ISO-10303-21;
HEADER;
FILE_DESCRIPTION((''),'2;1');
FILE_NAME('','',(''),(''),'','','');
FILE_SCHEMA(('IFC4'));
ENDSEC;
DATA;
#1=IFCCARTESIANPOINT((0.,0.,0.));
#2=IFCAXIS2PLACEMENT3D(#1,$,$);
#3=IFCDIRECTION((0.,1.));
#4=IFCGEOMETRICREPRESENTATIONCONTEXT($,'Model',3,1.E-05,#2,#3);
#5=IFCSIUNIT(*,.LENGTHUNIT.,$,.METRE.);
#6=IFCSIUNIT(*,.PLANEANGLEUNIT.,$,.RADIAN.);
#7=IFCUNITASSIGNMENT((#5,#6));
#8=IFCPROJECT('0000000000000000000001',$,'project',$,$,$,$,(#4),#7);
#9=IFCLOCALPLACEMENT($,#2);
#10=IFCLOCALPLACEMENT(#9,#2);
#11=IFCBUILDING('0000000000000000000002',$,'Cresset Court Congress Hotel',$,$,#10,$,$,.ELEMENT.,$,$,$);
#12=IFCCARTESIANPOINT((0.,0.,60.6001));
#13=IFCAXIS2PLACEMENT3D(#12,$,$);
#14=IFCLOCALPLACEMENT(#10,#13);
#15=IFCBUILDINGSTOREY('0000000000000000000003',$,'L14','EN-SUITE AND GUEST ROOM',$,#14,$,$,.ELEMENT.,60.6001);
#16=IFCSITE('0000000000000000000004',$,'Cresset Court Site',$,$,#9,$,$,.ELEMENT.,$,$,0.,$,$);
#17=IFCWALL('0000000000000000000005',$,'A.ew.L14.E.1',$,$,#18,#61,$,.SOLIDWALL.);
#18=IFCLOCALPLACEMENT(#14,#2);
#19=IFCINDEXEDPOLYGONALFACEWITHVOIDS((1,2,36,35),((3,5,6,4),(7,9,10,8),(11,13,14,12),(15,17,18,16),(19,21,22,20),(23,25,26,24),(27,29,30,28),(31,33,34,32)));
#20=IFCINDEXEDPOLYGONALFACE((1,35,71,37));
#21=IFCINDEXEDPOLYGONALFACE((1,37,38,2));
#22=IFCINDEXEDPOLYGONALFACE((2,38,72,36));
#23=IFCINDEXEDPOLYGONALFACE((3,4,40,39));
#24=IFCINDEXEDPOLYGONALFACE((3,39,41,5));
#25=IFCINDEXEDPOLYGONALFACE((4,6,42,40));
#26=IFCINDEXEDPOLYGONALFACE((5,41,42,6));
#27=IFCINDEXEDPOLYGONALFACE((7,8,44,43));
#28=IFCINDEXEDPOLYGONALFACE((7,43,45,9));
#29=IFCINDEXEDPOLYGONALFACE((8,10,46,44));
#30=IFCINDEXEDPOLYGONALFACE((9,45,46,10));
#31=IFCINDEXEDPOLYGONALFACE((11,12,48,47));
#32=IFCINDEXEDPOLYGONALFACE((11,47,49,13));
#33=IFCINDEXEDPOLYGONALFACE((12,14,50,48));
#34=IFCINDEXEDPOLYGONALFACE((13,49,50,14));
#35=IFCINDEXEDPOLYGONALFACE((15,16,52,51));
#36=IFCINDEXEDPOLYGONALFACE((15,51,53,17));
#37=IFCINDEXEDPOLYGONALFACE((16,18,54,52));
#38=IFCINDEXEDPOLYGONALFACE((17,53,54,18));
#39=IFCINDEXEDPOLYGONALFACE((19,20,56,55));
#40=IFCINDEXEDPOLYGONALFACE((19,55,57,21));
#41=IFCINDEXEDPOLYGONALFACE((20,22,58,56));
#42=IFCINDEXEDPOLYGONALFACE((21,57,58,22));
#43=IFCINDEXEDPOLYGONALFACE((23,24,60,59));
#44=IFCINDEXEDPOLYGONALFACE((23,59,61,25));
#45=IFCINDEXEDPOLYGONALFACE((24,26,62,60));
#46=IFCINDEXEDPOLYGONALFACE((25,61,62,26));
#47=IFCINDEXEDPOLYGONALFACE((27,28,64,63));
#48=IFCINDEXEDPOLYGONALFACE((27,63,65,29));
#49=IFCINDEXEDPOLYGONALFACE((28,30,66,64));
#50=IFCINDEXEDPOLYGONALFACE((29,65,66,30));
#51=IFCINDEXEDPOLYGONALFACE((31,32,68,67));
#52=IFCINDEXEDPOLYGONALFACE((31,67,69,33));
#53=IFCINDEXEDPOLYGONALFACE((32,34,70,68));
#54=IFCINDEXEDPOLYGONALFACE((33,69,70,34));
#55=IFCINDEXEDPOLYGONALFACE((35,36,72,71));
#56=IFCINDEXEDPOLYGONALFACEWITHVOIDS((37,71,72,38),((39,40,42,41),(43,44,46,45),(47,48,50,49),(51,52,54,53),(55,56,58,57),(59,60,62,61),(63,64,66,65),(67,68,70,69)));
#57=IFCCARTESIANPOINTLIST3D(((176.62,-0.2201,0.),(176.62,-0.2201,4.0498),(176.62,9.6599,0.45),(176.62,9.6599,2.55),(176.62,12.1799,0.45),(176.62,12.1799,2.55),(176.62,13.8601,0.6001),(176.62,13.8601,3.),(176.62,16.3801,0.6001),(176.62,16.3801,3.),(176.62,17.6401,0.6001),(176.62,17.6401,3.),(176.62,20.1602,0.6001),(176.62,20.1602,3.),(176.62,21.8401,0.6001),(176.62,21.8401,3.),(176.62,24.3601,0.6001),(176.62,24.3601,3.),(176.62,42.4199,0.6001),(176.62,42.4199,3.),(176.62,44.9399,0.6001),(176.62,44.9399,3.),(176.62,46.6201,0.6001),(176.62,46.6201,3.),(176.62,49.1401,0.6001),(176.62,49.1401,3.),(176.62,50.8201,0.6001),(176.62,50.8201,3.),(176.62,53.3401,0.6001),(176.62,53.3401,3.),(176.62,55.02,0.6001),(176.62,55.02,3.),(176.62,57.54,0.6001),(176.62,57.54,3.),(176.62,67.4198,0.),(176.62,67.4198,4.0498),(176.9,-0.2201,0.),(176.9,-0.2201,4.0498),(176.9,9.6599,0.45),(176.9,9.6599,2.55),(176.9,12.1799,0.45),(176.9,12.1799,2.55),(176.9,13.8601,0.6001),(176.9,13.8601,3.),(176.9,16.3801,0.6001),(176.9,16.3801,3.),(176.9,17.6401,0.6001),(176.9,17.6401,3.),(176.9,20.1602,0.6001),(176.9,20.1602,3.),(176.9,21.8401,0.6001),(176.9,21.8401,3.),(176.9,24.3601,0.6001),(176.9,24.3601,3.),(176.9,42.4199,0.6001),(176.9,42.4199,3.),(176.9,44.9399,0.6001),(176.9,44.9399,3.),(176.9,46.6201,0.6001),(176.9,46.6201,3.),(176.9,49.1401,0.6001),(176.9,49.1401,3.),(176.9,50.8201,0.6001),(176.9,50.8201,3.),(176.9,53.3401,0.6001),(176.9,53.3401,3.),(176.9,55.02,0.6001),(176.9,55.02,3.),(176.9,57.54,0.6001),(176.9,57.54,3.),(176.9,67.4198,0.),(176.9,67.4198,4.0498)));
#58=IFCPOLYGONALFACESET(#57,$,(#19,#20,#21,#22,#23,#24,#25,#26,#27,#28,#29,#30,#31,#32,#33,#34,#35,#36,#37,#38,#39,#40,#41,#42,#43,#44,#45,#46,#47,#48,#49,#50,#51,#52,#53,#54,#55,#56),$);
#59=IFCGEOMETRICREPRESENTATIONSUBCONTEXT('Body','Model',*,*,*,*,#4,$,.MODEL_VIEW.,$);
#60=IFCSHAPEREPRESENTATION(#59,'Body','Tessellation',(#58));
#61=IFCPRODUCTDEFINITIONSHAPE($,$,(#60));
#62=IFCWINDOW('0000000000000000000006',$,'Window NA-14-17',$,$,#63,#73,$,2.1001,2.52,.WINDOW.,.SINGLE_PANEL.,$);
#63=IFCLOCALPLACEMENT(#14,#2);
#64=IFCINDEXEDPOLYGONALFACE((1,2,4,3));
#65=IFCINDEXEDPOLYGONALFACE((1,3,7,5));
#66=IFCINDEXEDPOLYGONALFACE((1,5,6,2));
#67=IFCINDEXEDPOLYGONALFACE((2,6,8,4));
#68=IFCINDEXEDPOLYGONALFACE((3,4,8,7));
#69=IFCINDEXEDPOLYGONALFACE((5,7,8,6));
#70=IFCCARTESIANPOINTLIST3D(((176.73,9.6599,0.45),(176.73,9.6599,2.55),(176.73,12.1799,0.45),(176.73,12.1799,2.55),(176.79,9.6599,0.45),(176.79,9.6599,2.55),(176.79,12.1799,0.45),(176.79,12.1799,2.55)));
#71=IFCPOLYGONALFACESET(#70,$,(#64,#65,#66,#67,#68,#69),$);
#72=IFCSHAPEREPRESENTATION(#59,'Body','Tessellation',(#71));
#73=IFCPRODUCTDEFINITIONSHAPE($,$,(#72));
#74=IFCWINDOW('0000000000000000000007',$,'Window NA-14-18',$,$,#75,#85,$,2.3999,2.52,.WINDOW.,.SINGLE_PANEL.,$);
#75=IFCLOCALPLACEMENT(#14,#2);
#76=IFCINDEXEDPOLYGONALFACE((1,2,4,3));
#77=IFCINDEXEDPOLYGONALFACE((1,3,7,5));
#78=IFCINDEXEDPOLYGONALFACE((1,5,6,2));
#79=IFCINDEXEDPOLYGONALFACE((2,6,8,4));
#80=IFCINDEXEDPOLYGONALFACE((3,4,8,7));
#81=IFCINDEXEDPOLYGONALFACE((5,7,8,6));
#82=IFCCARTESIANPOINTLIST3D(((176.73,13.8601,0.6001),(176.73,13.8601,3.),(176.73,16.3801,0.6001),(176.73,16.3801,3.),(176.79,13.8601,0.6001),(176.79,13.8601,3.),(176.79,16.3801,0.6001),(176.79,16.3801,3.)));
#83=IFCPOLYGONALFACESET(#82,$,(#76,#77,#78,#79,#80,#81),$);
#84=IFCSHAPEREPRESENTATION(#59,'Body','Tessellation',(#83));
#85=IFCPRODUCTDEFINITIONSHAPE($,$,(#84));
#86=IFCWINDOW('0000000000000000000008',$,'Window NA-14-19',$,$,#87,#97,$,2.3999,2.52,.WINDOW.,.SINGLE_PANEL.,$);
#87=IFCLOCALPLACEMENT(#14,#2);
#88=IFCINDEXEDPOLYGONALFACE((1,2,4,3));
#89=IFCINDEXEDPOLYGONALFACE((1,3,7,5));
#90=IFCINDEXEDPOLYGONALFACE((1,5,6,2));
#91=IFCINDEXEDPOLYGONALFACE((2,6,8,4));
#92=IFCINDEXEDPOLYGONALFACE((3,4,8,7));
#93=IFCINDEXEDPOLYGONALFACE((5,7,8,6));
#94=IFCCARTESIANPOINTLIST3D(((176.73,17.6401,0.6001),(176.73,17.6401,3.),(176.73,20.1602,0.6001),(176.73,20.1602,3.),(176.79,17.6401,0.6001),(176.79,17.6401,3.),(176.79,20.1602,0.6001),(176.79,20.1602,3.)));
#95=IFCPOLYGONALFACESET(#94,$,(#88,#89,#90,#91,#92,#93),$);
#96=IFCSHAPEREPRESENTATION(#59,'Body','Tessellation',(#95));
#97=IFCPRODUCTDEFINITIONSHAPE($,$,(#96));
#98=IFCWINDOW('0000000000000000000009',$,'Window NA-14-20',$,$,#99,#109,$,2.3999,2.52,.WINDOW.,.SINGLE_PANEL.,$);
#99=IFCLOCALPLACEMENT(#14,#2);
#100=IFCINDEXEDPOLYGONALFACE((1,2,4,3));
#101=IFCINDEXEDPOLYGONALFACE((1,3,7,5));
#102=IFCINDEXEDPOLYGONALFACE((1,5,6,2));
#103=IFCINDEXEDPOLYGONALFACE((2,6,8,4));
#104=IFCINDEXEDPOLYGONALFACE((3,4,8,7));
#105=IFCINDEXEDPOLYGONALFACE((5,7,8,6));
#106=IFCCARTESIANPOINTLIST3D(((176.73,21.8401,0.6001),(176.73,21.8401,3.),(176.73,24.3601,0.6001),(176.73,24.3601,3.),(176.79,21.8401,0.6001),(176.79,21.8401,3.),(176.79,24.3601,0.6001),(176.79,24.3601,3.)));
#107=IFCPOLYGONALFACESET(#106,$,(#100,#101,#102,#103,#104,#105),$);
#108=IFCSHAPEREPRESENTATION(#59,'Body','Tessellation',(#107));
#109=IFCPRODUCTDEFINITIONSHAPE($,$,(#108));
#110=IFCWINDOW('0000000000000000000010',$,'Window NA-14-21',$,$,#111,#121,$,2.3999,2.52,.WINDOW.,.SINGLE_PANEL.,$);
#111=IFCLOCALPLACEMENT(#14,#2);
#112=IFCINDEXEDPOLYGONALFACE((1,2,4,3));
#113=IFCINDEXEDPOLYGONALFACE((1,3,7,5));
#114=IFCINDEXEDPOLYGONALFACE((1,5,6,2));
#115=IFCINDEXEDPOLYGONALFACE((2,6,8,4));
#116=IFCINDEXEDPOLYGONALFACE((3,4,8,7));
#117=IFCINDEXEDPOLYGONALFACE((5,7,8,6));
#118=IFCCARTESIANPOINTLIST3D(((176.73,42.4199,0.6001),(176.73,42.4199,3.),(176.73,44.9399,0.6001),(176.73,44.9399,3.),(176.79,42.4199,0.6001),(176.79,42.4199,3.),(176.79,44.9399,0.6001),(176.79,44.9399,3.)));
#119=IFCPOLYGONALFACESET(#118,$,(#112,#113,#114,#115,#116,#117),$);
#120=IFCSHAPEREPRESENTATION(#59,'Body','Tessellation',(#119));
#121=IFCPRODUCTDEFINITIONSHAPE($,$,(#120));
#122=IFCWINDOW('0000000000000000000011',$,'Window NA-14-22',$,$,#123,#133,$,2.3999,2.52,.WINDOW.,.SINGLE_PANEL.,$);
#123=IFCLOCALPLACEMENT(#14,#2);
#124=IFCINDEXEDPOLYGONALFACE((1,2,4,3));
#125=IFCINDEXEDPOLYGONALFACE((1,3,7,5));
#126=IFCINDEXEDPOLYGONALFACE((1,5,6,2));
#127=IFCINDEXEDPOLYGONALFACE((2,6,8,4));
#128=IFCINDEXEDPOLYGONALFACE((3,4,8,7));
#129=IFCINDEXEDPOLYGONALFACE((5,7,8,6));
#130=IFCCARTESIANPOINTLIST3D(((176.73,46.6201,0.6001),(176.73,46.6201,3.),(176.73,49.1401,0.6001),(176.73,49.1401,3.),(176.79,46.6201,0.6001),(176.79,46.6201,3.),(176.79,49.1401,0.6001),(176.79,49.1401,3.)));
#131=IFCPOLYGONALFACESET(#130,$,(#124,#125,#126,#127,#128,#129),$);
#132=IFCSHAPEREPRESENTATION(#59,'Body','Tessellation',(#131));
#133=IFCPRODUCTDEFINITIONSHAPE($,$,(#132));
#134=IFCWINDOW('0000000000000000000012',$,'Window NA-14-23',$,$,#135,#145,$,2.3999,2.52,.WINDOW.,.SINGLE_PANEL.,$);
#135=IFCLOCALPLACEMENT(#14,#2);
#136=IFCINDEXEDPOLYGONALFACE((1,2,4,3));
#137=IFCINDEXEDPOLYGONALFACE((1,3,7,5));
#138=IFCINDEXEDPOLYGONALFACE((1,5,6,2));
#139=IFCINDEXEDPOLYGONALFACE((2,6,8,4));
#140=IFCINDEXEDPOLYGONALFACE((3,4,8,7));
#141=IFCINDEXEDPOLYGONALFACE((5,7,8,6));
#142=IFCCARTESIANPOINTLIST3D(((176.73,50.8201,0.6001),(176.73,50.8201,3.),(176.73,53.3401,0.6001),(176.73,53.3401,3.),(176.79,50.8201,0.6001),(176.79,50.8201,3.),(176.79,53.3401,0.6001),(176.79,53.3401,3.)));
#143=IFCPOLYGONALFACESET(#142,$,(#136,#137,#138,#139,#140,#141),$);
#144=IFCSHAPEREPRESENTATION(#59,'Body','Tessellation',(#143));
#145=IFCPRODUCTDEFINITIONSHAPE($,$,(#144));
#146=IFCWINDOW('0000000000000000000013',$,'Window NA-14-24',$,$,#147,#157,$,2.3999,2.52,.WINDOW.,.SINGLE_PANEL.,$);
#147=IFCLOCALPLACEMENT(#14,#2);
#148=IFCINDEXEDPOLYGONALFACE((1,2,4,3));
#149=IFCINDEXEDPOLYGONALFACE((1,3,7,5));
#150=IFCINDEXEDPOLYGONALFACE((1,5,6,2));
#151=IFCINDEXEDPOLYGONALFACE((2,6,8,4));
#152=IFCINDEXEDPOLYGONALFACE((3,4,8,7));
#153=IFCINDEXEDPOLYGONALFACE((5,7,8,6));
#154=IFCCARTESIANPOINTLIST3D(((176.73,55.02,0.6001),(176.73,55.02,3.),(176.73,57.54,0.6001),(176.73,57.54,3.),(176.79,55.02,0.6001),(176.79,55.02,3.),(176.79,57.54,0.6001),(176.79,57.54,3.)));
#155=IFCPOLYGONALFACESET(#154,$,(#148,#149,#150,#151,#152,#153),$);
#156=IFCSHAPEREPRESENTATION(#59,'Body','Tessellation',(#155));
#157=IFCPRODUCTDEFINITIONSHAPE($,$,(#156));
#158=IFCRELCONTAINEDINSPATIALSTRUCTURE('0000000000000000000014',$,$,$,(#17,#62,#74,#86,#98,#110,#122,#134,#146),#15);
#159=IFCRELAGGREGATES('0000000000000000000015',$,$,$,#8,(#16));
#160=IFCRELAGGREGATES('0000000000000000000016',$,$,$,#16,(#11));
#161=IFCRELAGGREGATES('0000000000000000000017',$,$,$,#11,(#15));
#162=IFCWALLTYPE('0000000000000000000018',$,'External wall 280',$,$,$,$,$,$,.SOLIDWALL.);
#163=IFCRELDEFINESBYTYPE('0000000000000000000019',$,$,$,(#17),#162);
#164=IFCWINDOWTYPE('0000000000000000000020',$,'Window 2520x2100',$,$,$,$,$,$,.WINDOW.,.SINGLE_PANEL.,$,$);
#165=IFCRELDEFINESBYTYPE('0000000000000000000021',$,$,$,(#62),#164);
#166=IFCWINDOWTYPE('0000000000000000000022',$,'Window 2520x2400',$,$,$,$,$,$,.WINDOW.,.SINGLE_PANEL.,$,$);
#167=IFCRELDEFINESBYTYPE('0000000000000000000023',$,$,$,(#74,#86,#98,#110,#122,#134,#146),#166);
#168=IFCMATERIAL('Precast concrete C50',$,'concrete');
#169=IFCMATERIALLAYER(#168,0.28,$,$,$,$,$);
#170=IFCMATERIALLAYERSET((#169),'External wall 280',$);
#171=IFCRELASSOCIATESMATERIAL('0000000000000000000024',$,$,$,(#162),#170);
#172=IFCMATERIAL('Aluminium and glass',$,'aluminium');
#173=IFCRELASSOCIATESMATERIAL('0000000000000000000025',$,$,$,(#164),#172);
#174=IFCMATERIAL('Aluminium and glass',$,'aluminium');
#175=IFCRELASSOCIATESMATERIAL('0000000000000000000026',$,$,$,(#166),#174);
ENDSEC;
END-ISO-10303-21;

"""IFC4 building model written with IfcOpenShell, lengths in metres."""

from ifc_helpers import new_model, si_unit, direction, frame, frame_2d, origin, place, context, subcontext, project, spatial, rectangle, extrude, material, layer, layer_set, type_object, element, fill, save


model = new_model("IFC4")

# Units and contexts
model_context = context("Model", 3, precision=1e-05, world=origin(), true_north=direction((0.0, 1.0)))
body_context = subcontext(model_context, "Body", "Model", "MODEL_VIEW")
ifc_project = project(units=[si_unit("LENGTHUNIT", "METRE"), si_unit("PLANEANGLEUNIT", "RADIAN")], contexts=[model_context])

# Site, building, storey
site_placement = place(None, origin())
site = spatial("IfcSite", under=ifc_project, at=site_placement, Name="Cresset Court Site", CompositionType="ELEMENT", RefElevation=0.0)
building_placement = place(site_placement, origin())
building = spatial("IfcBuilding", under=site, at=building_placement, Name="Cresset Court Congress Hotel", CompositionType="ELEMENT")
storey_placement = place(building_placement, frame((0.0, 0.0, 60.6001)))
storey = spatial("IfcBuildingStorey", under=building, at=storey_placement, Name="L14", Description="EN-SUITE AND GUEST ROOM", CompositionType="ELEMENT", Elevation=60.6001)

# Wall, openings, windows
ifc_material_1 = material(Name="Precast concrete C50", Category="concrete")
ifc_layer_1 = layer(ifc_material_1, 0.28)
ifc_layer_set_1 = layer_set([ifc_layer_1], Name="External wall 280")
wall_type_1 = type_object("IfcWallType", Name="External wall 280", PredefinedType="SOLIDWALL", material=ifc_layer_set_1)
wall_1_placement = place(storey_placement, frame((176.76, -0.22, 0.0), z_axis=(0.0, 0.0, 1.0), x_axis=(0.0, 1.0, 0.0)))
wall_1 = element("IfcWall", 1, at=wall_1_placement, inside=storey, type_object=wall_type_1, Name="A.ew.L14.E.1", PredefinedType="SOLIDWALL", context=body_context, shape_type="SweptSolid", body=[
    extrude(rectangle(XDim=67.6399, YDim=0.28, at=frame_2d((33.8198, 0.0))), origin(), (0.0, 0.0, 1.0), 4.0498),
])
opening_1_placement = place(wall_1_placement, frame((9.8799, 0.0, 0.45)))
opening_1 = element("IfcOpeningElement", 2, at=opening_1_placement, cuts=wall_1, PredefinedType="OPENING", context=body_context, shape_type="SweptSolid", body=[
    extrude(rectangle(XDim=2.52, YDim=2.1001, at=frame_2d((1.26, 1.05))), frame((0.0, 0.1499, 0.0), z_axis=(0.0, -1.0, 0.0), x_axis=(1.0, 0.0, 0.0)), (0.0, 0.0, 1.0), 0.3),
])
opening_2_placement = place(wall_1_placement, frame((14.0801, 0.0, 0.6001)))
opening_2 = element("IfcOpeningElement", 3, at=opening_2_placement, cuts=wall_1, PredefinedType="OPENING", context=body_context, shape_type="SweptSolid", body=[
    extrude(rectangle(XDim=2.52, YDim=2.3999, at=frame_2d((1.26, 1.2))), frame((0.0, 0.1499, 0.0), z_axis=(0.0, -1.0, 0.0), x_axis=(1.0, 0.0, 0.0)), (0.0, 0.0, 1.0), 0.3),
])
opening_3_placement = place(wall_1_placement, frame((17.8601, 0.0, 0.6001)))
opening_3 = element("IfcOpeningElement", 4, at=opening_3_placement, cuts=wall_1, PredefinedType="OPENING", context=body_context, shape_type="SweptSolid", body=[
    extrude(rectangle(XDim=2.52, YDim=2.3999, at=frame_2d((1.26, 1.2))), frame((0.0, 0.1499, 0.0), z_axis=(0.0, -1.0, 0.0), x_axis=(1.0, 0.0, 0.0)), (0.0, 0.0, 1.0), 0.3),
])
opening_4_placement = place(wall_1_placement, frame((22.0601, 0.0, 0.6001)))
opening_4 = element("IfcOpeningElement", 5, at=opening_4_placement, cuts=wall_1, PredefinedType="OPENING", context=body_context, shape_type="SweptSolid", body=[
    extrude(rectangle(XDim=2.52, YDim=2.3999, at=frame_2d((1.26, 1.2))), frame((0.0, 0.1499, 0.0), z_axis=(0.0, -1.0, 0.0), x_axis=(1.0, 0.0, 0.0)), (0.0, 0.0, 1.0), 0.3),
])
opening_5_placement = place(wall_1_placement, frame((42.6399, 0.0, 0.6001)))
opening_5 = element("IfcOpeningElement", 6, at=opening_5_placement, cuts=wall_1, PredefinedType="OPENING", context=body_context, shape_type="SweptSolid", body=[
    extrude(rectangle(XDim=2.52, YDim=2.3999, at=frame_2d((1.26, 1.2))), frame((0.0, 0.1499, 0.0), z_axis=(0.0, -1.0, 0.0), x_axis=(1.0, 0.0, 0.0)), (0.0, 0.0, 1.0), 0.3),
])
opening_6_placement = place(wall_1_placement, frame((46.8401, 0.0, 0.6001)))
opening_6 = element("IfcOpeningElement", 7, at=opening_6_placement, cuts=wall_1, PredefinedType="OPENING", context=body_context, shape_type="SweptSolid", body=[
    extrude(rectangle(XDim=2.52, YDim=2.3999, at=frame_2d((1.26, 1.2))), frame((0.0, 0.1499, 0.0), z_axis=(0.0, -1.0, 0.0), x_axis=(1.0, 0.0, 0.0)), (0.0, 0.0, 1.0), 0.3),
])
opening_7_placement = place(wall_1_placement, frame((51.04, 0.0, 0.6001)))
opening_7 = element("IfcOpeningElement", 8, at=opening_7_placement, cuts=wall_1, PredefinedType="OPENING", context=body_context, shape_type="SweptSolid", body=[
    extrude(rectangle(XDim=2.52, YDim=2.3999, at=frame_2d((1.26, 1.2))), frame((0.0, 0.1499, 0.0), z_axis=(0.0, -1.0, 0.0), x_axis=(1.0, 0.0, 0.0)), (0.0, 0.0, 1.0), 0.3),
])
opening_8_placement = place(wall_1_placement, frame((55.24, 0.0, 0.6001)))
opening_8 = element("IfcOpeningElement", 9, at=opening_8_placement, cuts=wall_1, PredefinedType="OPENING", context=body_context, shape_type="SweptSolid", body=[
    extrude(rectangle(XDim=2.52, YDim=2.3999, at=frame_2d((1.26, 1.2))), frame((0.0, 0.1499, 0.0), z_axis=(0.0, -1.0, 0.0), x_axis=(1.0, 0.0, 0.0)), (0.0, 0.0, 1.0), 0.3),
])
ifc_material_2 = material(Name="Aluminium and glass", Category="aluminium")
window_type_1 = type_object("IfcWindowType", Name="Window 2520x2100", PartitioningType="SINGLE_PANEL", PredefinedType="WINDOW", material=ifc_material_2)
window_1_placement = place(opening_1_placement, origin())
window_1 = element("IfcWindow", 10, at=window_1_placement, inside=storey, type_object=window_type_1, Name="Window NA-14-17", OverallHeight=2.1001, OverallWidth=2.52, PartitioningType="SINGLE_PANEL", PredefinedType="WINDOW", context=body_context, shape_type="SweptSolid", body=[
    extrude(rectangle(XDim=2.52, YDim=2.1001, at=frame_2d((1.26, 1.05))), frame((0.0, 0.03, 0.0), z_axis=(0.0, -1.0, 0.0), x_axis=(1.0, 0.0, 0.0)), (0.0, 0.0, 1.0), 0.0601),
])
fill(opening_1, window_1)
ifc_material_3 = material(Name="Aluminium and glass", Category="aluminium")
window_type_2 = type_object("IfcWindowType", Name="Window 2520x2400", PartitioningType="SINGLE_PANEL", PredefinedType="WINDOW", material=ifc_material_3)
window_2_placement = place(opening_2_placement, origin())
window_2 = element("IfcWindow", 11, at=window_2_placement, inside=storey, type_object=window_type_2, Name="Window NA-14-18", OverallHeight=2.3999, OverallWidth=2.52, PartitioningType="SINGLE_PANEL", PredefinedType="WINDOW", context=body_context, shape_type="SweptSolid", body=[
    extrude(rectangle(XDim=2.52, YDim=2.3999, at=frame_2d((1.26, 1.2))), frame((0.0, 0.03, 0.0), z_axis=(0.0, -1.0, 0.0), x_axis=(1.0, 0.0, 0.0)), (0.0, 0.0, 1.0), 0.0601),
])
fill(opening_2, window_2)
window_3_placement = place(opening_3_placement, origin())
window_3 = element("IfcWindow", 12, at=window_3_placement, inside=storey, type_object=window_type_2, Name="Window NA-14-19", OverallHeight=2.3999, OverallWidth=2.52, PartitioningType="SINGLE_PANEL", PredefinedType="WINDOW", context=body_context, shape_type="SweptSolid", body=[
    extrude(rectangle(XDim=2.52, YDim=2.3999, at=frame_2d((1.26, 1.2))), frame((0.0, 0.03, 0.0), z_axis=(0.0, -1.0, 0.0), x_axis=(1.0, 0.0, 0.0)), (0.0, 0.0, 1.0), 0.0601),
])
fill(opening_3, window_3)
window_4_placement = place(opening_4_placement, origin())
window_4 = element("IfcWindow", 13, at=window_4_placement, inside=storey, type_object=window_type_2, Name="Window NA-14-20", OverallHeight=2.3999, OverallWidth=2.52, PartitioningType="SINGLE_PANEL", PredefinedType="WINDOW", context=body_context, shape_type="SweptSolid", body=[
    extrude(rectangle(XDim=2.52, YDim=2.3999, at=frame_2d((1.26, 1.2))), frame((0.0, 0.03, 0.0), z_axis=(0.0, -1.0, 0.0), x_axis=(1.0, 0.0, 0.0)), (0.0, 0.0, 1.0), 0.0601),
])
fill(opening_4, window_4)
window_5_placement = place(opening_5_placement, origin())
window_5 = element("IfcWindow", 14, at=window_5_placement, inside=storey, type_object=window_type_2, Name="Window NA-14-21", OverallHeight=2.3999, OverallWidth=2.52, PartitioningType="SINGLE_PANEL", PredefinedType="WINDOW", context=body_context, shape_type="SweptSolid", body=[
    extrude(rectangle(XDim=2.52, YDim=2.3999, at=frame_2d((1.26, 1.2))), frame((0.0, 0.03, 0.0), z_axis=(0.0, -1.0, 0.0), x_axis=(1.0, 0.0, 0.0)), (0.0, 0.0, 1.0), 0.0601),
])
fill(opening_5, window_5)
window_6_placement = place(opening_6_placement, origin())
window_6 = element("IfcWindow", 15, at=window_6_placement, inside=storey, type_object=window_type_2, Name="Window NA-14-22", OverallHeight=2.3999, OverallWidth=2.52, PartitioningType="SINGLE_PANEL", PredefinedType="WINDOW", context=body_context, shape_type="SweptSolid", body=[
    extrude(rectangle(XDim=2.52, YDim=2.3999, at=frame_2d((1.26, 1.2))), frame((0.0, 0.03, 0.0), z_axis=(0.0, -1.0, 0.0), x_axis=(1.0, 0.0, 0.0)), (0.0, 0.0, 1.0), 0.0601),
])
fill(opening_6, window_6)
window_7_placement = place(opening_7_placement, origin())
window_7 = element("IfcWindow", 16, at=window_7_placement, inside=storey, type_object=window_type_2, Name="Window NA-14-23", OverallHeight=2.3999, OverallWidth=2.52, PartitioningType="SINGLE_PANEL", PredefinedType="WINDOW", context=body_context, shape_type="SweptSolid", body=[
    extrude(rectangle(XDim=2.52, YDim=2.3999, at=frame_2d((1.26, 1.2))), frame((0.0, 0.03, 0.0), z_axis=(0.0, -1.0, 0.0), x_axis=(1.0, 0.0, 0.0)), (0.0, 0.0, 1.0), 0.0601),
])
fill(opening_7, window_7)
window_8_placement = place(opening_8_placement, origin())
window_8 = element("IfcWindow", 17, at=window_8_placement, inside=storey, type_object=window_type_2, Name="Window NA-14-24", OverallHeight=2.3999, OverallWidth=2.52, PartitioningType="SINGLE_PANEL", PredefinedType="WINDOW", context=body_context, shape_type="SweptSolid", body=[
    extrude(rectangle(XDim=2.52, YDim=2.3999, at=frame_2d((1.26, 1.2))), frame((0.0, 0.03, 0.0), z_axis=(0.0, -1.0, 0.0), x_axis=(1.0, 0.0, 0.0)), (0.0, 0.0, 1.0), 0.0601),
])
fill(opening_8, window_8)

save(model, "model.ifc")
